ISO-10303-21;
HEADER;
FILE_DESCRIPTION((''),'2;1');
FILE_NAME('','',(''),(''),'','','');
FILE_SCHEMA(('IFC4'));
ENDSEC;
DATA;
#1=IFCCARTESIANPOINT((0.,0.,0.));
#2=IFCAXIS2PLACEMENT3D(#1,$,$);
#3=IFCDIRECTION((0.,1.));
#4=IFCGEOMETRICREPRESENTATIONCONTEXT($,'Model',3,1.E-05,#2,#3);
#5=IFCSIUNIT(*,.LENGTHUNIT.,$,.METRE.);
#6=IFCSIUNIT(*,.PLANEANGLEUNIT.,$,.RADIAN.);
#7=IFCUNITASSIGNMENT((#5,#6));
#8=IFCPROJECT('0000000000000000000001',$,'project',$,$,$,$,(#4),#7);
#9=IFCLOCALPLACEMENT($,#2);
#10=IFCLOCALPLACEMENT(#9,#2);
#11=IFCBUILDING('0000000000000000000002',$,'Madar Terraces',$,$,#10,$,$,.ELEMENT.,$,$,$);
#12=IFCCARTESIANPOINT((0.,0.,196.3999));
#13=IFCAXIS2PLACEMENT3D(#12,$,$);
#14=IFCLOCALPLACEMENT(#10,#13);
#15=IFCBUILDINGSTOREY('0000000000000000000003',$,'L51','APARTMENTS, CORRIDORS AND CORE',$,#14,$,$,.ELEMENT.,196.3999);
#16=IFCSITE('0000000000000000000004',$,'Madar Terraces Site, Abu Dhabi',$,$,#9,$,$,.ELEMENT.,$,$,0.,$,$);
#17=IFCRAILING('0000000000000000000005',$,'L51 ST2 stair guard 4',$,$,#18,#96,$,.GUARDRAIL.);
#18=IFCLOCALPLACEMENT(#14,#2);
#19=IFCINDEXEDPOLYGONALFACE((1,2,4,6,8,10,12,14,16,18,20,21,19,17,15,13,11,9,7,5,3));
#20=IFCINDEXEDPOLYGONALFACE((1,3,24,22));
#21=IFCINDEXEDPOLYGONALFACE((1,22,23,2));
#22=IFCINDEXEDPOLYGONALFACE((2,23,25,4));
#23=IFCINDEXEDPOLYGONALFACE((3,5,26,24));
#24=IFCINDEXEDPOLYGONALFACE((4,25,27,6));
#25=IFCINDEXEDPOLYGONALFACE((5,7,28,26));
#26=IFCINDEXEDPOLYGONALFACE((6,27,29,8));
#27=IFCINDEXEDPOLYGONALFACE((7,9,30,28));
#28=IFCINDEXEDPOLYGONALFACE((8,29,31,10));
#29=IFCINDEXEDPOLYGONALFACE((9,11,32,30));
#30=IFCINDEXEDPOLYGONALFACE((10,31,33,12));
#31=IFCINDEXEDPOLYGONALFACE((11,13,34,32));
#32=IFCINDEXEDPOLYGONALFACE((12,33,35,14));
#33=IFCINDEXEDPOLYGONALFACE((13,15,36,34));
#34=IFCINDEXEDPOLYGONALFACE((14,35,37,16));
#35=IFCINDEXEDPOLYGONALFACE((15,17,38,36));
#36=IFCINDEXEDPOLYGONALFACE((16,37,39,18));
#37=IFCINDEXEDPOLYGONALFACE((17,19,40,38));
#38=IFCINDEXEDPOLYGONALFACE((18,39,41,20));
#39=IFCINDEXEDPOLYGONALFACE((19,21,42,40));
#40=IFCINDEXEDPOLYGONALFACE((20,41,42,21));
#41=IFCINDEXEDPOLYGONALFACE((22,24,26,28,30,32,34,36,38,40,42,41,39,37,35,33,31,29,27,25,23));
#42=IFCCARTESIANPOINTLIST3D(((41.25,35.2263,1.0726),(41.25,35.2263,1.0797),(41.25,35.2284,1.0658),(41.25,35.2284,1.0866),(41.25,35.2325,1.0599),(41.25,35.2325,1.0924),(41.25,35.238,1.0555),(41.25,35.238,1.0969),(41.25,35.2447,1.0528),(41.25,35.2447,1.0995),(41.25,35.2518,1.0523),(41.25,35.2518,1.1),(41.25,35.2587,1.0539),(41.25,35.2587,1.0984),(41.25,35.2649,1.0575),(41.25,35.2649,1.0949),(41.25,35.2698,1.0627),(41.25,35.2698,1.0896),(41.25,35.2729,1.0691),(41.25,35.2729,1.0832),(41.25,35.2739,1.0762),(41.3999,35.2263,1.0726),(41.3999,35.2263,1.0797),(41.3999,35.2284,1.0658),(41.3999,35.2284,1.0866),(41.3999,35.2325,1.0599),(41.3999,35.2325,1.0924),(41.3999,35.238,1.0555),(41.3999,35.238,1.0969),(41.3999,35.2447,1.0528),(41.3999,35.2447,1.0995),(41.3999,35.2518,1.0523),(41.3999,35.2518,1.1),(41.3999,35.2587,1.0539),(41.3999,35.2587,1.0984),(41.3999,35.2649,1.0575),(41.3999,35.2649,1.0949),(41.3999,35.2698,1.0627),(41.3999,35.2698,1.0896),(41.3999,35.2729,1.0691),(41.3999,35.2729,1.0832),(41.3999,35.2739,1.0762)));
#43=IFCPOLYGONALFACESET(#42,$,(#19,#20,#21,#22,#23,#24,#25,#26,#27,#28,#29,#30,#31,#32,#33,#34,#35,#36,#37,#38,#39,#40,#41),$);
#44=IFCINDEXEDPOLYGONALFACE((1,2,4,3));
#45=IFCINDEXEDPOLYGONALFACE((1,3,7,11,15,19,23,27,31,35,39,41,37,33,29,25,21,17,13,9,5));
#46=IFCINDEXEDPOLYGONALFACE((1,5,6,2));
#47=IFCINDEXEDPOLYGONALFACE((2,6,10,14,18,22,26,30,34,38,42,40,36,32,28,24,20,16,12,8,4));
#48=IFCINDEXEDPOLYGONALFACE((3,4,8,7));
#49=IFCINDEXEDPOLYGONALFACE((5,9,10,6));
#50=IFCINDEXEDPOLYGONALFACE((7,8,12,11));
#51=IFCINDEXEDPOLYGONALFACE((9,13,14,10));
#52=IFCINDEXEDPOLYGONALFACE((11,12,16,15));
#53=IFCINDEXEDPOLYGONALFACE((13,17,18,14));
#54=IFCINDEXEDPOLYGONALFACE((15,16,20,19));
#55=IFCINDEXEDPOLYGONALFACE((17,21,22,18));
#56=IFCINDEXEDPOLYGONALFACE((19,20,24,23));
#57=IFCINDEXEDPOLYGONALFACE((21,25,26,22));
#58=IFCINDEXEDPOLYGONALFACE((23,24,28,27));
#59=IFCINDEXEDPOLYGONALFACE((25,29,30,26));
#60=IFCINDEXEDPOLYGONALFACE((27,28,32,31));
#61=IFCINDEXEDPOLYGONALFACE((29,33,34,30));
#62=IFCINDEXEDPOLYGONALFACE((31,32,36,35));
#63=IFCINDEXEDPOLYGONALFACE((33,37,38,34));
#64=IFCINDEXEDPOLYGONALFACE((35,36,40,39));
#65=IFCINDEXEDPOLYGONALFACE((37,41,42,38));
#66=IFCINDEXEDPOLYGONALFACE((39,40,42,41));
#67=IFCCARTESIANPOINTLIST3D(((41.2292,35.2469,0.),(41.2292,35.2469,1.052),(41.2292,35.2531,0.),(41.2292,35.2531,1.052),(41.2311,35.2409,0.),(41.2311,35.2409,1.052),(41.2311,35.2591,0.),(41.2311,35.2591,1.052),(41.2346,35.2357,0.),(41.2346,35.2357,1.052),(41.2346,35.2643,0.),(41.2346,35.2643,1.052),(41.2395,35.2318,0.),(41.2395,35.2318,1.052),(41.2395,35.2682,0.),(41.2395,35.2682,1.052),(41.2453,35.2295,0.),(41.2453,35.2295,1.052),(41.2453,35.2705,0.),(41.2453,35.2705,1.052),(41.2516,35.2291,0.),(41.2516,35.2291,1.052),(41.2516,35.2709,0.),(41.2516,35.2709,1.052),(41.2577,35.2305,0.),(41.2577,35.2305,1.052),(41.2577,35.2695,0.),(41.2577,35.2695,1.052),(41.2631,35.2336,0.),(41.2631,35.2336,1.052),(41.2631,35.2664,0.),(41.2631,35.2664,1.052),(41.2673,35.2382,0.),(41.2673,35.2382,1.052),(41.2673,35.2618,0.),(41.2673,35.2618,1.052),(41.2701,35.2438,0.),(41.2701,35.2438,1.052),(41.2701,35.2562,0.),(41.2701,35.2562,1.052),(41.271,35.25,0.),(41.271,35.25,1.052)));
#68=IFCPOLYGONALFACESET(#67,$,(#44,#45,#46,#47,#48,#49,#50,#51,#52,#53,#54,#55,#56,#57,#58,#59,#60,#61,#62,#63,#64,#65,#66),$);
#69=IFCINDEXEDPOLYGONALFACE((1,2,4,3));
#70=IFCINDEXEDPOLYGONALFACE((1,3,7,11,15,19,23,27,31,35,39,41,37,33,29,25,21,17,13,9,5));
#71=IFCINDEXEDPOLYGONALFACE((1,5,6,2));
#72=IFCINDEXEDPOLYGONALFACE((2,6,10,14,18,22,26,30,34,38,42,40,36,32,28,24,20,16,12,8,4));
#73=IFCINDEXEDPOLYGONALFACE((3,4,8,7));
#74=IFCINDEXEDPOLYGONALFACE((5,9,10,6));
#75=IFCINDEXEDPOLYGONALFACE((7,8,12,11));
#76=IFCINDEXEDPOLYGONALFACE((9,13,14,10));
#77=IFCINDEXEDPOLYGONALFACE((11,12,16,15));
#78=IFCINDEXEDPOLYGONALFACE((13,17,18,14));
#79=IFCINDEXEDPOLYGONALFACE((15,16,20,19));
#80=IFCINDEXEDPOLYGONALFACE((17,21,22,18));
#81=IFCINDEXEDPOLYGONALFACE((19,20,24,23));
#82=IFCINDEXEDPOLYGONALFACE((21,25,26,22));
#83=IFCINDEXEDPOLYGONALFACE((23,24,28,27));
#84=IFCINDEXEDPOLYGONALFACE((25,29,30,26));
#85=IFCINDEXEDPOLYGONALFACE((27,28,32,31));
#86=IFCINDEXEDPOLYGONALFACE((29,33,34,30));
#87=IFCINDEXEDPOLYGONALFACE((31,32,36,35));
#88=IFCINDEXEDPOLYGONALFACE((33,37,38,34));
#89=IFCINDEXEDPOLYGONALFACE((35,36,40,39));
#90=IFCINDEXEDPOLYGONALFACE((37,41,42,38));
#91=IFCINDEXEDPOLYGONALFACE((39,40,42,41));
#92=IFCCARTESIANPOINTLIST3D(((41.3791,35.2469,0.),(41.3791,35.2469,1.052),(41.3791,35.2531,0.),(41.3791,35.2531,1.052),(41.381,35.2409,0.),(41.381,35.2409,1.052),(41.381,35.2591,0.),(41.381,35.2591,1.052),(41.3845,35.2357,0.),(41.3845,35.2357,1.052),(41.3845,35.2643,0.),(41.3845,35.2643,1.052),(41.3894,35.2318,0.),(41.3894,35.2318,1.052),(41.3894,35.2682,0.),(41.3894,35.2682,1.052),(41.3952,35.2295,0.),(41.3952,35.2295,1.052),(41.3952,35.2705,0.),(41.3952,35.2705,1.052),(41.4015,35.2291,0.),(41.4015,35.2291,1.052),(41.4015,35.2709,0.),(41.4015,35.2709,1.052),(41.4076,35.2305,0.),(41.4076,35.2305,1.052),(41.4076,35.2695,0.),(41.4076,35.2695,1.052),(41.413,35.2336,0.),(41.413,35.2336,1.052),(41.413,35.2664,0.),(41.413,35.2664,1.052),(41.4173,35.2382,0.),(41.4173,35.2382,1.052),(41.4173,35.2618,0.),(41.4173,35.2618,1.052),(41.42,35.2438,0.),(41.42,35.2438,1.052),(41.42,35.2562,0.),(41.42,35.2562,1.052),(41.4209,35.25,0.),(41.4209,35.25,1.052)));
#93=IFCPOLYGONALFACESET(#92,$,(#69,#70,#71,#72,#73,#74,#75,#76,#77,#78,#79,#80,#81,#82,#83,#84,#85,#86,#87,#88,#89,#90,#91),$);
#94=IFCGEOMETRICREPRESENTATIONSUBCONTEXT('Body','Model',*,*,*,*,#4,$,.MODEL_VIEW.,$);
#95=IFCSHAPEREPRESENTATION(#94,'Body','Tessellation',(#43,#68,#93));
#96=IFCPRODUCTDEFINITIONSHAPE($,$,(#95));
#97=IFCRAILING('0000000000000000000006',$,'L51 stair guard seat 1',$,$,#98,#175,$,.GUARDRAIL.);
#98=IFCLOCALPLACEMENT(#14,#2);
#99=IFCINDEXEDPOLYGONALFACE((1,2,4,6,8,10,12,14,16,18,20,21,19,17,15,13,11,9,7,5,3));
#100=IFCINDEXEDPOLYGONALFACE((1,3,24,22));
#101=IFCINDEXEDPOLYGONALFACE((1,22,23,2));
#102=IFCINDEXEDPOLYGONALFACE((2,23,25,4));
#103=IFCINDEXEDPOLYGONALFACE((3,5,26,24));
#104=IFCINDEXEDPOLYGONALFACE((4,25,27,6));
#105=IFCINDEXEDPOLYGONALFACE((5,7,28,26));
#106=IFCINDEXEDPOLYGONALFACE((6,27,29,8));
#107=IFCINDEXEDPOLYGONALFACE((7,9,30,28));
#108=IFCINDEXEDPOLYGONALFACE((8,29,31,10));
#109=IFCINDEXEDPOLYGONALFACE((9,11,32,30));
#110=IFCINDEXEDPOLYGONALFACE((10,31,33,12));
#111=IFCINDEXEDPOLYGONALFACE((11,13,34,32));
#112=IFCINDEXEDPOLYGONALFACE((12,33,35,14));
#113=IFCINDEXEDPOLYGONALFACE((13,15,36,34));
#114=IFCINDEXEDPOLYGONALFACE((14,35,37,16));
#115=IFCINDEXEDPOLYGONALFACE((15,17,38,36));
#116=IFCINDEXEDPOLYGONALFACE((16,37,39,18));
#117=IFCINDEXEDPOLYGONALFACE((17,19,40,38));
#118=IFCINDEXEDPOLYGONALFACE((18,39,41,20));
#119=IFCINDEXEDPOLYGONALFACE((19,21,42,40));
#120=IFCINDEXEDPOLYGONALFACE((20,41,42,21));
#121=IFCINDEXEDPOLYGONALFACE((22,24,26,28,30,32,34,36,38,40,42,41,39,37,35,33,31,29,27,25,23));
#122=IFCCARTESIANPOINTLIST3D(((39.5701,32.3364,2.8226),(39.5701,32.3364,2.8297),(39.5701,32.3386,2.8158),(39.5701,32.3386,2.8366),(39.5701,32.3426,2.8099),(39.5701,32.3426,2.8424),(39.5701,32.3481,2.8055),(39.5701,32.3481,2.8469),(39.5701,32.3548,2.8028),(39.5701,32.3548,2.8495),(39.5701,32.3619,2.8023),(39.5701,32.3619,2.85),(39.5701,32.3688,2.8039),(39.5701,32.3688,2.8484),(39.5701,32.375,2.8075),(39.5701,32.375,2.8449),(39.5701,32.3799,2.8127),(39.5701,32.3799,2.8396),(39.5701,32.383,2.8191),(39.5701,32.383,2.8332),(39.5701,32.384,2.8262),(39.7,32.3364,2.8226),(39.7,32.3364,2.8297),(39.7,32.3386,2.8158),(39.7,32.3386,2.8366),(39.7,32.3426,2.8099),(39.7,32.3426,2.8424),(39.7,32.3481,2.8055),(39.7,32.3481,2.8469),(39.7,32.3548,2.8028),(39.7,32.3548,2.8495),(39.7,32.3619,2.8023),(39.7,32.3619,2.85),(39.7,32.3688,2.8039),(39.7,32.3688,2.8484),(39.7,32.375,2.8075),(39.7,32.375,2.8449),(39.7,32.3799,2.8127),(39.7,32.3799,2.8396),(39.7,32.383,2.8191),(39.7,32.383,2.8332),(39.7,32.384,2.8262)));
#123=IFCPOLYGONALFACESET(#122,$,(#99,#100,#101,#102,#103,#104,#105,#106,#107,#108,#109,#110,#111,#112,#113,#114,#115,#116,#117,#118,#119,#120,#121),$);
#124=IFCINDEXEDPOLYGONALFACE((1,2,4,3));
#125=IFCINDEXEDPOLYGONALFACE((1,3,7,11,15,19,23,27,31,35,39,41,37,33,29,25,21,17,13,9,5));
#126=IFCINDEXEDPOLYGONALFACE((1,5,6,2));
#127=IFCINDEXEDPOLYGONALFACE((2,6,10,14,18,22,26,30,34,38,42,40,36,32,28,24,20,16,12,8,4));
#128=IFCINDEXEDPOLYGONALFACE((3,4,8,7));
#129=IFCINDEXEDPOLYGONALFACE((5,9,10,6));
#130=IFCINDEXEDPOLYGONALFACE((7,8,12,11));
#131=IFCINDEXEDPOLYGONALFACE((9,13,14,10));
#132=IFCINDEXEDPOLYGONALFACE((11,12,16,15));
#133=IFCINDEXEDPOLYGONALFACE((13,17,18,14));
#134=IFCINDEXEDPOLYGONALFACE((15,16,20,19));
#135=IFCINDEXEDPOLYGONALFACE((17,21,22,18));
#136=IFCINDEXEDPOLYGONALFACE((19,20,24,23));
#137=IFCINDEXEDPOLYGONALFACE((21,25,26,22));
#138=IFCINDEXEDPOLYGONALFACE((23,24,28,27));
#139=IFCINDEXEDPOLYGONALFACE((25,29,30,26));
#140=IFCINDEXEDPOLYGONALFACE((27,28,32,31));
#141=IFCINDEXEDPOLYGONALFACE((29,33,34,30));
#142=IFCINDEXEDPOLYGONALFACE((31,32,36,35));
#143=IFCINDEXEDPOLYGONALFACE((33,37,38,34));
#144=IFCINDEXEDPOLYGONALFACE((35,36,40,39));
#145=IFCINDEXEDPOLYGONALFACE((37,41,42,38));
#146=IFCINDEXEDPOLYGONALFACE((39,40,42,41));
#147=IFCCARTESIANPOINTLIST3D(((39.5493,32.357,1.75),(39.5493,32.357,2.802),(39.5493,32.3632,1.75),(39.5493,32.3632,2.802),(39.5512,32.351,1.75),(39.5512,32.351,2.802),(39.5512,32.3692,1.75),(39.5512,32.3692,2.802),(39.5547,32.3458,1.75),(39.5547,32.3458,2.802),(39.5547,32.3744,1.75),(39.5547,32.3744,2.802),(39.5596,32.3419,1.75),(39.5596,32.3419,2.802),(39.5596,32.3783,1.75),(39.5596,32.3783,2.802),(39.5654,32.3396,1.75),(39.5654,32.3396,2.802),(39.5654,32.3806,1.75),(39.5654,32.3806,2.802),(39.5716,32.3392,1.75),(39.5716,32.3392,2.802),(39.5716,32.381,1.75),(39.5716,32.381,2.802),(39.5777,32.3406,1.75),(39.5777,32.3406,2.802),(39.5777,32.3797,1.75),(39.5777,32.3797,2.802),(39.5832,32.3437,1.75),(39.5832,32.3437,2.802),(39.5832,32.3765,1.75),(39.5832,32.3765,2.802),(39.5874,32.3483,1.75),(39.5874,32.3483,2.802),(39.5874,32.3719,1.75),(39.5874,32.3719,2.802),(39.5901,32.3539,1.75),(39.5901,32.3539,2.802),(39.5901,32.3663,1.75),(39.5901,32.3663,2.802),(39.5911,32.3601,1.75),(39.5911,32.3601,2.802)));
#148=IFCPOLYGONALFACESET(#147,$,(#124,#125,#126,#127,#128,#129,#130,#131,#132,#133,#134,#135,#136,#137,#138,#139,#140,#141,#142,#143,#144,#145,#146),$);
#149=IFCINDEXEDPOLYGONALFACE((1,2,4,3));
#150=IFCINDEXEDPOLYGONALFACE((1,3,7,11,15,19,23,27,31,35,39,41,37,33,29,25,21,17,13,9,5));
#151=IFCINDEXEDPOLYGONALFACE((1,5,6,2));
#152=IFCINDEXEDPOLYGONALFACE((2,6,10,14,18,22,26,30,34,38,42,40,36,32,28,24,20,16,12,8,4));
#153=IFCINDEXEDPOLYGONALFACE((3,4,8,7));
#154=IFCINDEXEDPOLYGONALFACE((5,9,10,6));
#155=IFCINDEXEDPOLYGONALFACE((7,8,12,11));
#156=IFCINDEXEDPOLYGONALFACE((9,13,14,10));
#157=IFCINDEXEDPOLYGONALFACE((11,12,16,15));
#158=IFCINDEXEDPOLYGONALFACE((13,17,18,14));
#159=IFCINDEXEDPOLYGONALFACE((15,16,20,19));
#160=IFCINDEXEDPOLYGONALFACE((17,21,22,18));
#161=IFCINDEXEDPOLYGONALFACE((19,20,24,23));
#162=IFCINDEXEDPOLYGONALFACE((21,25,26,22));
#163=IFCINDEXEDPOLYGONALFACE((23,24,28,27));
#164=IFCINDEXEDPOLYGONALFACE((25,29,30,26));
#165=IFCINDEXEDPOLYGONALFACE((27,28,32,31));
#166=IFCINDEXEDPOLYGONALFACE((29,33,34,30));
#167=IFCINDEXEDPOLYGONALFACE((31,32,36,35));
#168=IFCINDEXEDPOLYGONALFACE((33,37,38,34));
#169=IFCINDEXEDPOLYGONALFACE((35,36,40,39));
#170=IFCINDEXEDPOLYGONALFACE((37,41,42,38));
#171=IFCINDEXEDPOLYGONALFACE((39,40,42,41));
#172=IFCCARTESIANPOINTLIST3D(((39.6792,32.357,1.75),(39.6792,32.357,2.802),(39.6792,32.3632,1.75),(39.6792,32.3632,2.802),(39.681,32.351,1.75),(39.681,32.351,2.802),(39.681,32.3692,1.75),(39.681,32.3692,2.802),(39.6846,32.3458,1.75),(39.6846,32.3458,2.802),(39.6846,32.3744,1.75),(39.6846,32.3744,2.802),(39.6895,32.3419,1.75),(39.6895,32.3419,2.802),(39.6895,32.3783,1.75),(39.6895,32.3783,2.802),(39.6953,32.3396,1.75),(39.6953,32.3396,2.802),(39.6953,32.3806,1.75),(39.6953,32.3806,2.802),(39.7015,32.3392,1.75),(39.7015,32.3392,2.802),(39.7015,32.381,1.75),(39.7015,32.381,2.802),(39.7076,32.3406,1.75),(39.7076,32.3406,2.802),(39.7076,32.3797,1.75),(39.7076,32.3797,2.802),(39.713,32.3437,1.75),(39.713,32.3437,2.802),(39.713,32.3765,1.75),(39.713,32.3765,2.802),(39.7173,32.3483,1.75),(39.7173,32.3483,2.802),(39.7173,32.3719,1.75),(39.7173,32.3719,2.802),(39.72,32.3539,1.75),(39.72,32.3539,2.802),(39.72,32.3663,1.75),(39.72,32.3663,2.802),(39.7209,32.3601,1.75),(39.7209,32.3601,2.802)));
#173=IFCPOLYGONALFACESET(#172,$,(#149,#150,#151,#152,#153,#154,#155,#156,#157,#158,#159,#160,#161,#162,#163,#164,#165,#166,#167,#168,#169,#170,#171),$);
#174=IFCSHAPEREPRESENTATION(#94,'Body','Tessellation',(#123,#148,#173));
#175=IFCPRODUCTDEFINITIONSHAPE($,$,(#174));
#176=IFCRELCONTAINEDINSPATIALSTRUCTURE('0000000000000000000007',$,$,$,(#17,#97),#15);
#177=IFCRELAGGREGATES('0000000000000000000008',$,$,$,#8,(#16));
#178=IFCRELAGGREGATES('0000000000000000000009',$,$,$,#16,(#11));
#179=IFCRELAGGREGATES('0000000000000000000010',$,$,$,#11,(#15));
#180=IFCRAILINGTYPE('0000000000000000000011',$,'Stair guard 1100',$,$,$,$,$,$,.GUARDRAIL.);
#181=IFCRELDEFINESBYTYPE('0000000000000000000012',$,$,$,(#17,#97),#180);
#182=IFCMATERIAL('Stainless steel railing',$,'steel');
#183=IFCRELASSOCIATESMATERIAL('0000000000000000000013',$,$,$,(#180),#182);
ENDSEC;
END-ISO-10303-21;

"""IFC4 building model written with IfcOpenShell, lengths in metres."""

from ifc_helpers import new_model, si_unit, direction, frame, origin, origin_2d, place, context, subcontext, project, spatial, circle, extrude, material, type_object, element, save


model = new_model("IFC4")

# Units and contexts
model_context = context("Model", 3, precision=1e-05, world=origin(), true_north=direction((0.0, 1.0)))
body_context = subcontext(model_context, "Body", "Model", "MODEL_VIEW")
ifc_project = project(units=[si_unit("LENGTHUNIT", "METRE"), si_unit("PLANEANGLEUNIT", "RADIAN")], contexts=[model_context])

# Site, building, storey
site_placement = place(None, origin())
site = spatial("IfcSite", under=ifc_project, at=site_placement, Name="Madar Terraces Site, Abu Dhabi", CompositionType="ELEMENT", RefElevation=0.0)
building_placement = place(site_placement, origin())
building = spatial("IfcBuilding", under=site, at=building_placement, Name="Madar Terraces", CompositionType="ELEMENT")
storey_placement = place(building_placement, frame((0.0, 0.0, 196.3999)))
storey = spatial("IfcBuildingStorey", under=building, at=storey_placement, Name="L51", Description="APARTMENTS, CORRIDORS AND CORE", CompositionType="ELEMENT", Elevation=196.3999)

# Railings
ifc_material_1 = material(Name="Stainless steel railing", Category="steel")
railing_type_1 = type_object("IfcRailingType", Name="Stair guard 1100", PredefinedType="GUARDRAIL", material=ifc_material_1)
railing_1_placement = place(storey_placement, frame((41.25, 35.25, 0.0)))
element("IfcRailing", 1, at=railing_1_placement, inside=storey, type_object=railing_type_1, Name="L51 ST2 stair guard 4", PredefinedType="GUARDRAIL", context=body_context, shape_type="SweptSolid", body=[
    extrude(circle(Radius=0.0239, at=origin_2d()), frame((0.0, 0.0, 1.0762), z_axis=(1.0, 0.0, 0.0), x_axis=(0.0, 1.0, 0.0)), (0.0, 0.0, 1.0), 0.1499),
    extrude(circle(Radius=0.021, at=origin_2d()), origin(), (0.0, 0.0, 1.0), 1.052),
    extrude(circle(Radius=0.021, at=origin_2d()), frame((0.1499, 0.0, 0.0)), (0.0, 0.0, 1.0), 1.052),
])
railing_2_placement = place(storey_placement, frame((39.5701, 32.3601, 1.75)))
element("IfcRailing", 2, at=railing_2_placement, inside=storey, type_object=railing_type_1, Name="L51 stair guard seat 1", PredefinedType="GUARDRAIL", context=body_context, shape_type="SweptSolid", body=[
    extrude(circle(Radius=0.0239, at=origin_2d()), frame((0.0, 0.0, 1.0762), z_axis=(1.0, 0.0, 0.0), x_axis=(0.0, 1.0, 0.0)), (0.0, 0.0, 1.0), 0.1299),
    extrude(circle(Radius=0.021, at=origin_2d()), origin(), (0.0, 0.0, 1.0), 1.052),
    extrude(circle(Radius=0.021, at=origin_2d()), frame((0.1299, 0.0, 0.0)), (0.0, 0.0, 1.0), 1.052),
])

save(model, "model.ifc")
